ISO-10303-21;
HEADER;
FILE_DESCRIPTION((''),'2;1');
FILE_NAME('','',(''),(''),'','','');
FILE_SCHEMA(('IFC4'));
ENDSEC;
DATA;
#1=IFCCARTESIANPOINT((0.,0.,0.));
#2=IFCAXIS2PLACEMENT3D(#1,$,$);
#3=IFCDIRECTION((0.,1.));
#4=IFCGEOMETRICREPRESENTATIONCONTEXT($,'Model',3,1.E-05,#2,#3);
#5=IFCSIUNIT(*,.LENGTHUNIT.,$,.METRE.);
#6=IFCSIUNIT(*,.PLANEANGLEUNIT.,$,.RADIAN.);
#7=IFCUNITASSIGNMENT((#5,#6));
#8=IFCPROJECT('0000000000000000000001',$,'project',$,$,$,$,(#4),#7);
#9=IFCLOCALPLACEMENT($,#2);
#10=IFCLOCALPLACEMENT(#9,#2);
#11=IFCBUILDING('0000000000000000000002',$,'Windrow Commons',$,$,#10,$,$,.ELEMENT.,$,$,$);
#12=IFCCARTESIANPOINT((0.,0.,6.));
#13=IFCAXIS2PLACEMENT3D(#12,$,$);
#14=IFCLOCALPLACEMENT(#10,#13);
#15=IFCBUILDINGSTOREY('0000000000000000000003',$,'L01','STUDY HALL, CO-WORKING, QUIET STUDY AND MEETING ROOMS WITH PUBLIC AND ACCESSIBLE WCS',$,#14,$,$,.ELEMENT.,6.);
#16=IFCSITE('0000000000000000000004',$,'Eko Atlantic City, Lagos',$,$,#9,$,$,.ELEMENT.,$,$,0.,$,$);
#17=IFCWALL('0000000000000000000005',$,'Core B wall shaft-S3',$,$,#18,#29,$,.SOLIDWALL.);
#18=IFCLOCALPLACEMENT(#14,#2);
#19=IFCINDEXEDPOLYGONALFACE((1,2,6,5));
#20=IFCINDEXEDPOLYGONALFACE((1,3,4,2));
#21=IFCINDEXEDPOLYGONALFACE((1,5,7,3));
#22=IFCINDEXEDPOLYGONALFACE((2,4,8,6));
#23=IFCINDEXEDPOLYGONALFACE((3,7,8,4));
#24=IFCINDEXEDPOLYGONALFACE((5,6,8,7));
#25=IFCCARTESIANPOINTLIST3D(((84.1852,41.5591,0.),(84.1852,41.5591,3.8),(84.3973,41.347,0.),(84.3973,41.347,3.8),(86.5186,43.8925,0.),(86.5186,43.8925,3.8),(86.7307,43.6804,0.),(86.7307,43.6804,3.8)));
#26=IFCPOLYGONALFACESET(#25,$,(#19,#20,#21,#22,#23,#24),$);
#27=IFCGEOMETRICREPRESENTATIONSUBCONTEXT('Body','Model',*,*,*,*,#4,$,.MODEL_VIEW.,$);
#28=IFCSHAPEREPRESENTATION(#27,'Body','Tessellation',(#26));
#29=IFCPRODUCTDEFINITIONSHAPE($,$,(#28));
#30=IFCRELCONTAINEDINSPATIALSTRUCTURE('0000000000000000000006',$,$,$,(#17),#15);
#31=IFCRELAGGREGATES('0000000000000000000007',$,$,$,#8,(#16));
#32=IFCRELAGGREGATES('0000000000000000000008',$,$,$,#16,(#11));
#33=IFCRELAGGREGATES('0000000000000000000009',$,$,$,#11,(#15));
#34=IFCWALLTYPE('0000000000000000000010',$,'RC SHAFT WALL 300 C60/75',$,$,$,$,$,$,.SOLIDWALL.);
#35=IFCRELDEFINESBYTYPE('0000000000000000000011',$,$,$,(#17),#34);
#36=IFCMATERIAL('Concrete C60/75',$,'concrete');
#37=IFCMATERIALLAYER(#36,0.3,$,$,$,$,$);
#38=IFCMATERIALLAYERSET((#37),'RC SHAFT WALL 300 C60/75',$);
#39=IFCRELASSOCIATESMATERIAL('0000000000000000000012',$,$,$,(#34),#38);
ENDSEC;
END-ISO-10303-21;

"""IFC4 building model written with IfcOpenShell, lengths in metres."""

from ifc_helpers import new_model, si_unit, direction, frame, frame_2d, origin, place, context, subcontext, project, spatial, rectangle, extrude, material, layer, layer_set, type_object, element, save


model = new_model("IFC4")

# Units and contexts
model_context = context("Model", 3, precision=1e-05, world=origin(), true_north=direction((0.0, 1.0)))
body_context = subcontext(model_context, "Body", "Model", "MODEL_VIEW")
ifc_project = project(units=[si_unit("LENGTHUNIT", "METRE"), si_unit("PLANEANGLEUNIT", "RADIAN")], contexts=[model_context])

# Site, building, storey
site_placement = place(None, origin())
site = spatial("IfcSite", under=ifc_project, at=site_placement, Name="Eko Atlantic City, Lagos", CompositionType="ELEMENT", RefElevation=0.0)
building_placement = place(site_placement, origin())
building = spatial("IfcBuilding", under=site, at=building_placement, Name="Windrow Commons", CompositionType="ELEMENT")
storey_placement = place(building_placement, frame((0.0, 0.0, 6.0)))
storey = spatial("IfcBuildingStorey", under=building, at=storey_placement, Name="L01", Description="STUDY HALL, CO-WORKING, QUIET STUDY AND MEETING ROOMS WITH PUBLIC AND ACCESSIBLE WCS", CompositionType="ELEMENT", Elevation=6.0)

# Wall
ifc_material_1 = material(Name="Concrete C60/75", Category="concrete")
ifc_layer_1 = layer(ifc_material_1, 0.3)
ifc_layer_set_1 = layer_set([ifc_layer_1], Name="RC SHAFT WALL 300 C60/75")
wall_type_1 = type_object("IfcWallType", Name="RC SHAFT WALL 300 C60/75", PredefinedType="SOLIDWALL", material=ifc_layer_set_1)
wall_1_placement = place(storey_placement, frame((84.2912, 41.453, 0.0), z_axis=(0.0, 0.0, 1.0), x_axis=(0.707107, 0.707107, 0.0)))
element("IfcWall", 1, at=wall_1_placement, inside=storey, type_object=wall_type_1, Name="Core B wall shaft-S3", PredefinedType="SOLIDWALL", context=body_context, shape_type="SweptSolid", body=[
    extrude(rectangle(XDim=3.2999, YDim=0.3, at=frame_2d((1.65, 0.0))), origin(), (0.0, 0.0, 1.0), 3.8),
])

save(model, "model.ifc")
